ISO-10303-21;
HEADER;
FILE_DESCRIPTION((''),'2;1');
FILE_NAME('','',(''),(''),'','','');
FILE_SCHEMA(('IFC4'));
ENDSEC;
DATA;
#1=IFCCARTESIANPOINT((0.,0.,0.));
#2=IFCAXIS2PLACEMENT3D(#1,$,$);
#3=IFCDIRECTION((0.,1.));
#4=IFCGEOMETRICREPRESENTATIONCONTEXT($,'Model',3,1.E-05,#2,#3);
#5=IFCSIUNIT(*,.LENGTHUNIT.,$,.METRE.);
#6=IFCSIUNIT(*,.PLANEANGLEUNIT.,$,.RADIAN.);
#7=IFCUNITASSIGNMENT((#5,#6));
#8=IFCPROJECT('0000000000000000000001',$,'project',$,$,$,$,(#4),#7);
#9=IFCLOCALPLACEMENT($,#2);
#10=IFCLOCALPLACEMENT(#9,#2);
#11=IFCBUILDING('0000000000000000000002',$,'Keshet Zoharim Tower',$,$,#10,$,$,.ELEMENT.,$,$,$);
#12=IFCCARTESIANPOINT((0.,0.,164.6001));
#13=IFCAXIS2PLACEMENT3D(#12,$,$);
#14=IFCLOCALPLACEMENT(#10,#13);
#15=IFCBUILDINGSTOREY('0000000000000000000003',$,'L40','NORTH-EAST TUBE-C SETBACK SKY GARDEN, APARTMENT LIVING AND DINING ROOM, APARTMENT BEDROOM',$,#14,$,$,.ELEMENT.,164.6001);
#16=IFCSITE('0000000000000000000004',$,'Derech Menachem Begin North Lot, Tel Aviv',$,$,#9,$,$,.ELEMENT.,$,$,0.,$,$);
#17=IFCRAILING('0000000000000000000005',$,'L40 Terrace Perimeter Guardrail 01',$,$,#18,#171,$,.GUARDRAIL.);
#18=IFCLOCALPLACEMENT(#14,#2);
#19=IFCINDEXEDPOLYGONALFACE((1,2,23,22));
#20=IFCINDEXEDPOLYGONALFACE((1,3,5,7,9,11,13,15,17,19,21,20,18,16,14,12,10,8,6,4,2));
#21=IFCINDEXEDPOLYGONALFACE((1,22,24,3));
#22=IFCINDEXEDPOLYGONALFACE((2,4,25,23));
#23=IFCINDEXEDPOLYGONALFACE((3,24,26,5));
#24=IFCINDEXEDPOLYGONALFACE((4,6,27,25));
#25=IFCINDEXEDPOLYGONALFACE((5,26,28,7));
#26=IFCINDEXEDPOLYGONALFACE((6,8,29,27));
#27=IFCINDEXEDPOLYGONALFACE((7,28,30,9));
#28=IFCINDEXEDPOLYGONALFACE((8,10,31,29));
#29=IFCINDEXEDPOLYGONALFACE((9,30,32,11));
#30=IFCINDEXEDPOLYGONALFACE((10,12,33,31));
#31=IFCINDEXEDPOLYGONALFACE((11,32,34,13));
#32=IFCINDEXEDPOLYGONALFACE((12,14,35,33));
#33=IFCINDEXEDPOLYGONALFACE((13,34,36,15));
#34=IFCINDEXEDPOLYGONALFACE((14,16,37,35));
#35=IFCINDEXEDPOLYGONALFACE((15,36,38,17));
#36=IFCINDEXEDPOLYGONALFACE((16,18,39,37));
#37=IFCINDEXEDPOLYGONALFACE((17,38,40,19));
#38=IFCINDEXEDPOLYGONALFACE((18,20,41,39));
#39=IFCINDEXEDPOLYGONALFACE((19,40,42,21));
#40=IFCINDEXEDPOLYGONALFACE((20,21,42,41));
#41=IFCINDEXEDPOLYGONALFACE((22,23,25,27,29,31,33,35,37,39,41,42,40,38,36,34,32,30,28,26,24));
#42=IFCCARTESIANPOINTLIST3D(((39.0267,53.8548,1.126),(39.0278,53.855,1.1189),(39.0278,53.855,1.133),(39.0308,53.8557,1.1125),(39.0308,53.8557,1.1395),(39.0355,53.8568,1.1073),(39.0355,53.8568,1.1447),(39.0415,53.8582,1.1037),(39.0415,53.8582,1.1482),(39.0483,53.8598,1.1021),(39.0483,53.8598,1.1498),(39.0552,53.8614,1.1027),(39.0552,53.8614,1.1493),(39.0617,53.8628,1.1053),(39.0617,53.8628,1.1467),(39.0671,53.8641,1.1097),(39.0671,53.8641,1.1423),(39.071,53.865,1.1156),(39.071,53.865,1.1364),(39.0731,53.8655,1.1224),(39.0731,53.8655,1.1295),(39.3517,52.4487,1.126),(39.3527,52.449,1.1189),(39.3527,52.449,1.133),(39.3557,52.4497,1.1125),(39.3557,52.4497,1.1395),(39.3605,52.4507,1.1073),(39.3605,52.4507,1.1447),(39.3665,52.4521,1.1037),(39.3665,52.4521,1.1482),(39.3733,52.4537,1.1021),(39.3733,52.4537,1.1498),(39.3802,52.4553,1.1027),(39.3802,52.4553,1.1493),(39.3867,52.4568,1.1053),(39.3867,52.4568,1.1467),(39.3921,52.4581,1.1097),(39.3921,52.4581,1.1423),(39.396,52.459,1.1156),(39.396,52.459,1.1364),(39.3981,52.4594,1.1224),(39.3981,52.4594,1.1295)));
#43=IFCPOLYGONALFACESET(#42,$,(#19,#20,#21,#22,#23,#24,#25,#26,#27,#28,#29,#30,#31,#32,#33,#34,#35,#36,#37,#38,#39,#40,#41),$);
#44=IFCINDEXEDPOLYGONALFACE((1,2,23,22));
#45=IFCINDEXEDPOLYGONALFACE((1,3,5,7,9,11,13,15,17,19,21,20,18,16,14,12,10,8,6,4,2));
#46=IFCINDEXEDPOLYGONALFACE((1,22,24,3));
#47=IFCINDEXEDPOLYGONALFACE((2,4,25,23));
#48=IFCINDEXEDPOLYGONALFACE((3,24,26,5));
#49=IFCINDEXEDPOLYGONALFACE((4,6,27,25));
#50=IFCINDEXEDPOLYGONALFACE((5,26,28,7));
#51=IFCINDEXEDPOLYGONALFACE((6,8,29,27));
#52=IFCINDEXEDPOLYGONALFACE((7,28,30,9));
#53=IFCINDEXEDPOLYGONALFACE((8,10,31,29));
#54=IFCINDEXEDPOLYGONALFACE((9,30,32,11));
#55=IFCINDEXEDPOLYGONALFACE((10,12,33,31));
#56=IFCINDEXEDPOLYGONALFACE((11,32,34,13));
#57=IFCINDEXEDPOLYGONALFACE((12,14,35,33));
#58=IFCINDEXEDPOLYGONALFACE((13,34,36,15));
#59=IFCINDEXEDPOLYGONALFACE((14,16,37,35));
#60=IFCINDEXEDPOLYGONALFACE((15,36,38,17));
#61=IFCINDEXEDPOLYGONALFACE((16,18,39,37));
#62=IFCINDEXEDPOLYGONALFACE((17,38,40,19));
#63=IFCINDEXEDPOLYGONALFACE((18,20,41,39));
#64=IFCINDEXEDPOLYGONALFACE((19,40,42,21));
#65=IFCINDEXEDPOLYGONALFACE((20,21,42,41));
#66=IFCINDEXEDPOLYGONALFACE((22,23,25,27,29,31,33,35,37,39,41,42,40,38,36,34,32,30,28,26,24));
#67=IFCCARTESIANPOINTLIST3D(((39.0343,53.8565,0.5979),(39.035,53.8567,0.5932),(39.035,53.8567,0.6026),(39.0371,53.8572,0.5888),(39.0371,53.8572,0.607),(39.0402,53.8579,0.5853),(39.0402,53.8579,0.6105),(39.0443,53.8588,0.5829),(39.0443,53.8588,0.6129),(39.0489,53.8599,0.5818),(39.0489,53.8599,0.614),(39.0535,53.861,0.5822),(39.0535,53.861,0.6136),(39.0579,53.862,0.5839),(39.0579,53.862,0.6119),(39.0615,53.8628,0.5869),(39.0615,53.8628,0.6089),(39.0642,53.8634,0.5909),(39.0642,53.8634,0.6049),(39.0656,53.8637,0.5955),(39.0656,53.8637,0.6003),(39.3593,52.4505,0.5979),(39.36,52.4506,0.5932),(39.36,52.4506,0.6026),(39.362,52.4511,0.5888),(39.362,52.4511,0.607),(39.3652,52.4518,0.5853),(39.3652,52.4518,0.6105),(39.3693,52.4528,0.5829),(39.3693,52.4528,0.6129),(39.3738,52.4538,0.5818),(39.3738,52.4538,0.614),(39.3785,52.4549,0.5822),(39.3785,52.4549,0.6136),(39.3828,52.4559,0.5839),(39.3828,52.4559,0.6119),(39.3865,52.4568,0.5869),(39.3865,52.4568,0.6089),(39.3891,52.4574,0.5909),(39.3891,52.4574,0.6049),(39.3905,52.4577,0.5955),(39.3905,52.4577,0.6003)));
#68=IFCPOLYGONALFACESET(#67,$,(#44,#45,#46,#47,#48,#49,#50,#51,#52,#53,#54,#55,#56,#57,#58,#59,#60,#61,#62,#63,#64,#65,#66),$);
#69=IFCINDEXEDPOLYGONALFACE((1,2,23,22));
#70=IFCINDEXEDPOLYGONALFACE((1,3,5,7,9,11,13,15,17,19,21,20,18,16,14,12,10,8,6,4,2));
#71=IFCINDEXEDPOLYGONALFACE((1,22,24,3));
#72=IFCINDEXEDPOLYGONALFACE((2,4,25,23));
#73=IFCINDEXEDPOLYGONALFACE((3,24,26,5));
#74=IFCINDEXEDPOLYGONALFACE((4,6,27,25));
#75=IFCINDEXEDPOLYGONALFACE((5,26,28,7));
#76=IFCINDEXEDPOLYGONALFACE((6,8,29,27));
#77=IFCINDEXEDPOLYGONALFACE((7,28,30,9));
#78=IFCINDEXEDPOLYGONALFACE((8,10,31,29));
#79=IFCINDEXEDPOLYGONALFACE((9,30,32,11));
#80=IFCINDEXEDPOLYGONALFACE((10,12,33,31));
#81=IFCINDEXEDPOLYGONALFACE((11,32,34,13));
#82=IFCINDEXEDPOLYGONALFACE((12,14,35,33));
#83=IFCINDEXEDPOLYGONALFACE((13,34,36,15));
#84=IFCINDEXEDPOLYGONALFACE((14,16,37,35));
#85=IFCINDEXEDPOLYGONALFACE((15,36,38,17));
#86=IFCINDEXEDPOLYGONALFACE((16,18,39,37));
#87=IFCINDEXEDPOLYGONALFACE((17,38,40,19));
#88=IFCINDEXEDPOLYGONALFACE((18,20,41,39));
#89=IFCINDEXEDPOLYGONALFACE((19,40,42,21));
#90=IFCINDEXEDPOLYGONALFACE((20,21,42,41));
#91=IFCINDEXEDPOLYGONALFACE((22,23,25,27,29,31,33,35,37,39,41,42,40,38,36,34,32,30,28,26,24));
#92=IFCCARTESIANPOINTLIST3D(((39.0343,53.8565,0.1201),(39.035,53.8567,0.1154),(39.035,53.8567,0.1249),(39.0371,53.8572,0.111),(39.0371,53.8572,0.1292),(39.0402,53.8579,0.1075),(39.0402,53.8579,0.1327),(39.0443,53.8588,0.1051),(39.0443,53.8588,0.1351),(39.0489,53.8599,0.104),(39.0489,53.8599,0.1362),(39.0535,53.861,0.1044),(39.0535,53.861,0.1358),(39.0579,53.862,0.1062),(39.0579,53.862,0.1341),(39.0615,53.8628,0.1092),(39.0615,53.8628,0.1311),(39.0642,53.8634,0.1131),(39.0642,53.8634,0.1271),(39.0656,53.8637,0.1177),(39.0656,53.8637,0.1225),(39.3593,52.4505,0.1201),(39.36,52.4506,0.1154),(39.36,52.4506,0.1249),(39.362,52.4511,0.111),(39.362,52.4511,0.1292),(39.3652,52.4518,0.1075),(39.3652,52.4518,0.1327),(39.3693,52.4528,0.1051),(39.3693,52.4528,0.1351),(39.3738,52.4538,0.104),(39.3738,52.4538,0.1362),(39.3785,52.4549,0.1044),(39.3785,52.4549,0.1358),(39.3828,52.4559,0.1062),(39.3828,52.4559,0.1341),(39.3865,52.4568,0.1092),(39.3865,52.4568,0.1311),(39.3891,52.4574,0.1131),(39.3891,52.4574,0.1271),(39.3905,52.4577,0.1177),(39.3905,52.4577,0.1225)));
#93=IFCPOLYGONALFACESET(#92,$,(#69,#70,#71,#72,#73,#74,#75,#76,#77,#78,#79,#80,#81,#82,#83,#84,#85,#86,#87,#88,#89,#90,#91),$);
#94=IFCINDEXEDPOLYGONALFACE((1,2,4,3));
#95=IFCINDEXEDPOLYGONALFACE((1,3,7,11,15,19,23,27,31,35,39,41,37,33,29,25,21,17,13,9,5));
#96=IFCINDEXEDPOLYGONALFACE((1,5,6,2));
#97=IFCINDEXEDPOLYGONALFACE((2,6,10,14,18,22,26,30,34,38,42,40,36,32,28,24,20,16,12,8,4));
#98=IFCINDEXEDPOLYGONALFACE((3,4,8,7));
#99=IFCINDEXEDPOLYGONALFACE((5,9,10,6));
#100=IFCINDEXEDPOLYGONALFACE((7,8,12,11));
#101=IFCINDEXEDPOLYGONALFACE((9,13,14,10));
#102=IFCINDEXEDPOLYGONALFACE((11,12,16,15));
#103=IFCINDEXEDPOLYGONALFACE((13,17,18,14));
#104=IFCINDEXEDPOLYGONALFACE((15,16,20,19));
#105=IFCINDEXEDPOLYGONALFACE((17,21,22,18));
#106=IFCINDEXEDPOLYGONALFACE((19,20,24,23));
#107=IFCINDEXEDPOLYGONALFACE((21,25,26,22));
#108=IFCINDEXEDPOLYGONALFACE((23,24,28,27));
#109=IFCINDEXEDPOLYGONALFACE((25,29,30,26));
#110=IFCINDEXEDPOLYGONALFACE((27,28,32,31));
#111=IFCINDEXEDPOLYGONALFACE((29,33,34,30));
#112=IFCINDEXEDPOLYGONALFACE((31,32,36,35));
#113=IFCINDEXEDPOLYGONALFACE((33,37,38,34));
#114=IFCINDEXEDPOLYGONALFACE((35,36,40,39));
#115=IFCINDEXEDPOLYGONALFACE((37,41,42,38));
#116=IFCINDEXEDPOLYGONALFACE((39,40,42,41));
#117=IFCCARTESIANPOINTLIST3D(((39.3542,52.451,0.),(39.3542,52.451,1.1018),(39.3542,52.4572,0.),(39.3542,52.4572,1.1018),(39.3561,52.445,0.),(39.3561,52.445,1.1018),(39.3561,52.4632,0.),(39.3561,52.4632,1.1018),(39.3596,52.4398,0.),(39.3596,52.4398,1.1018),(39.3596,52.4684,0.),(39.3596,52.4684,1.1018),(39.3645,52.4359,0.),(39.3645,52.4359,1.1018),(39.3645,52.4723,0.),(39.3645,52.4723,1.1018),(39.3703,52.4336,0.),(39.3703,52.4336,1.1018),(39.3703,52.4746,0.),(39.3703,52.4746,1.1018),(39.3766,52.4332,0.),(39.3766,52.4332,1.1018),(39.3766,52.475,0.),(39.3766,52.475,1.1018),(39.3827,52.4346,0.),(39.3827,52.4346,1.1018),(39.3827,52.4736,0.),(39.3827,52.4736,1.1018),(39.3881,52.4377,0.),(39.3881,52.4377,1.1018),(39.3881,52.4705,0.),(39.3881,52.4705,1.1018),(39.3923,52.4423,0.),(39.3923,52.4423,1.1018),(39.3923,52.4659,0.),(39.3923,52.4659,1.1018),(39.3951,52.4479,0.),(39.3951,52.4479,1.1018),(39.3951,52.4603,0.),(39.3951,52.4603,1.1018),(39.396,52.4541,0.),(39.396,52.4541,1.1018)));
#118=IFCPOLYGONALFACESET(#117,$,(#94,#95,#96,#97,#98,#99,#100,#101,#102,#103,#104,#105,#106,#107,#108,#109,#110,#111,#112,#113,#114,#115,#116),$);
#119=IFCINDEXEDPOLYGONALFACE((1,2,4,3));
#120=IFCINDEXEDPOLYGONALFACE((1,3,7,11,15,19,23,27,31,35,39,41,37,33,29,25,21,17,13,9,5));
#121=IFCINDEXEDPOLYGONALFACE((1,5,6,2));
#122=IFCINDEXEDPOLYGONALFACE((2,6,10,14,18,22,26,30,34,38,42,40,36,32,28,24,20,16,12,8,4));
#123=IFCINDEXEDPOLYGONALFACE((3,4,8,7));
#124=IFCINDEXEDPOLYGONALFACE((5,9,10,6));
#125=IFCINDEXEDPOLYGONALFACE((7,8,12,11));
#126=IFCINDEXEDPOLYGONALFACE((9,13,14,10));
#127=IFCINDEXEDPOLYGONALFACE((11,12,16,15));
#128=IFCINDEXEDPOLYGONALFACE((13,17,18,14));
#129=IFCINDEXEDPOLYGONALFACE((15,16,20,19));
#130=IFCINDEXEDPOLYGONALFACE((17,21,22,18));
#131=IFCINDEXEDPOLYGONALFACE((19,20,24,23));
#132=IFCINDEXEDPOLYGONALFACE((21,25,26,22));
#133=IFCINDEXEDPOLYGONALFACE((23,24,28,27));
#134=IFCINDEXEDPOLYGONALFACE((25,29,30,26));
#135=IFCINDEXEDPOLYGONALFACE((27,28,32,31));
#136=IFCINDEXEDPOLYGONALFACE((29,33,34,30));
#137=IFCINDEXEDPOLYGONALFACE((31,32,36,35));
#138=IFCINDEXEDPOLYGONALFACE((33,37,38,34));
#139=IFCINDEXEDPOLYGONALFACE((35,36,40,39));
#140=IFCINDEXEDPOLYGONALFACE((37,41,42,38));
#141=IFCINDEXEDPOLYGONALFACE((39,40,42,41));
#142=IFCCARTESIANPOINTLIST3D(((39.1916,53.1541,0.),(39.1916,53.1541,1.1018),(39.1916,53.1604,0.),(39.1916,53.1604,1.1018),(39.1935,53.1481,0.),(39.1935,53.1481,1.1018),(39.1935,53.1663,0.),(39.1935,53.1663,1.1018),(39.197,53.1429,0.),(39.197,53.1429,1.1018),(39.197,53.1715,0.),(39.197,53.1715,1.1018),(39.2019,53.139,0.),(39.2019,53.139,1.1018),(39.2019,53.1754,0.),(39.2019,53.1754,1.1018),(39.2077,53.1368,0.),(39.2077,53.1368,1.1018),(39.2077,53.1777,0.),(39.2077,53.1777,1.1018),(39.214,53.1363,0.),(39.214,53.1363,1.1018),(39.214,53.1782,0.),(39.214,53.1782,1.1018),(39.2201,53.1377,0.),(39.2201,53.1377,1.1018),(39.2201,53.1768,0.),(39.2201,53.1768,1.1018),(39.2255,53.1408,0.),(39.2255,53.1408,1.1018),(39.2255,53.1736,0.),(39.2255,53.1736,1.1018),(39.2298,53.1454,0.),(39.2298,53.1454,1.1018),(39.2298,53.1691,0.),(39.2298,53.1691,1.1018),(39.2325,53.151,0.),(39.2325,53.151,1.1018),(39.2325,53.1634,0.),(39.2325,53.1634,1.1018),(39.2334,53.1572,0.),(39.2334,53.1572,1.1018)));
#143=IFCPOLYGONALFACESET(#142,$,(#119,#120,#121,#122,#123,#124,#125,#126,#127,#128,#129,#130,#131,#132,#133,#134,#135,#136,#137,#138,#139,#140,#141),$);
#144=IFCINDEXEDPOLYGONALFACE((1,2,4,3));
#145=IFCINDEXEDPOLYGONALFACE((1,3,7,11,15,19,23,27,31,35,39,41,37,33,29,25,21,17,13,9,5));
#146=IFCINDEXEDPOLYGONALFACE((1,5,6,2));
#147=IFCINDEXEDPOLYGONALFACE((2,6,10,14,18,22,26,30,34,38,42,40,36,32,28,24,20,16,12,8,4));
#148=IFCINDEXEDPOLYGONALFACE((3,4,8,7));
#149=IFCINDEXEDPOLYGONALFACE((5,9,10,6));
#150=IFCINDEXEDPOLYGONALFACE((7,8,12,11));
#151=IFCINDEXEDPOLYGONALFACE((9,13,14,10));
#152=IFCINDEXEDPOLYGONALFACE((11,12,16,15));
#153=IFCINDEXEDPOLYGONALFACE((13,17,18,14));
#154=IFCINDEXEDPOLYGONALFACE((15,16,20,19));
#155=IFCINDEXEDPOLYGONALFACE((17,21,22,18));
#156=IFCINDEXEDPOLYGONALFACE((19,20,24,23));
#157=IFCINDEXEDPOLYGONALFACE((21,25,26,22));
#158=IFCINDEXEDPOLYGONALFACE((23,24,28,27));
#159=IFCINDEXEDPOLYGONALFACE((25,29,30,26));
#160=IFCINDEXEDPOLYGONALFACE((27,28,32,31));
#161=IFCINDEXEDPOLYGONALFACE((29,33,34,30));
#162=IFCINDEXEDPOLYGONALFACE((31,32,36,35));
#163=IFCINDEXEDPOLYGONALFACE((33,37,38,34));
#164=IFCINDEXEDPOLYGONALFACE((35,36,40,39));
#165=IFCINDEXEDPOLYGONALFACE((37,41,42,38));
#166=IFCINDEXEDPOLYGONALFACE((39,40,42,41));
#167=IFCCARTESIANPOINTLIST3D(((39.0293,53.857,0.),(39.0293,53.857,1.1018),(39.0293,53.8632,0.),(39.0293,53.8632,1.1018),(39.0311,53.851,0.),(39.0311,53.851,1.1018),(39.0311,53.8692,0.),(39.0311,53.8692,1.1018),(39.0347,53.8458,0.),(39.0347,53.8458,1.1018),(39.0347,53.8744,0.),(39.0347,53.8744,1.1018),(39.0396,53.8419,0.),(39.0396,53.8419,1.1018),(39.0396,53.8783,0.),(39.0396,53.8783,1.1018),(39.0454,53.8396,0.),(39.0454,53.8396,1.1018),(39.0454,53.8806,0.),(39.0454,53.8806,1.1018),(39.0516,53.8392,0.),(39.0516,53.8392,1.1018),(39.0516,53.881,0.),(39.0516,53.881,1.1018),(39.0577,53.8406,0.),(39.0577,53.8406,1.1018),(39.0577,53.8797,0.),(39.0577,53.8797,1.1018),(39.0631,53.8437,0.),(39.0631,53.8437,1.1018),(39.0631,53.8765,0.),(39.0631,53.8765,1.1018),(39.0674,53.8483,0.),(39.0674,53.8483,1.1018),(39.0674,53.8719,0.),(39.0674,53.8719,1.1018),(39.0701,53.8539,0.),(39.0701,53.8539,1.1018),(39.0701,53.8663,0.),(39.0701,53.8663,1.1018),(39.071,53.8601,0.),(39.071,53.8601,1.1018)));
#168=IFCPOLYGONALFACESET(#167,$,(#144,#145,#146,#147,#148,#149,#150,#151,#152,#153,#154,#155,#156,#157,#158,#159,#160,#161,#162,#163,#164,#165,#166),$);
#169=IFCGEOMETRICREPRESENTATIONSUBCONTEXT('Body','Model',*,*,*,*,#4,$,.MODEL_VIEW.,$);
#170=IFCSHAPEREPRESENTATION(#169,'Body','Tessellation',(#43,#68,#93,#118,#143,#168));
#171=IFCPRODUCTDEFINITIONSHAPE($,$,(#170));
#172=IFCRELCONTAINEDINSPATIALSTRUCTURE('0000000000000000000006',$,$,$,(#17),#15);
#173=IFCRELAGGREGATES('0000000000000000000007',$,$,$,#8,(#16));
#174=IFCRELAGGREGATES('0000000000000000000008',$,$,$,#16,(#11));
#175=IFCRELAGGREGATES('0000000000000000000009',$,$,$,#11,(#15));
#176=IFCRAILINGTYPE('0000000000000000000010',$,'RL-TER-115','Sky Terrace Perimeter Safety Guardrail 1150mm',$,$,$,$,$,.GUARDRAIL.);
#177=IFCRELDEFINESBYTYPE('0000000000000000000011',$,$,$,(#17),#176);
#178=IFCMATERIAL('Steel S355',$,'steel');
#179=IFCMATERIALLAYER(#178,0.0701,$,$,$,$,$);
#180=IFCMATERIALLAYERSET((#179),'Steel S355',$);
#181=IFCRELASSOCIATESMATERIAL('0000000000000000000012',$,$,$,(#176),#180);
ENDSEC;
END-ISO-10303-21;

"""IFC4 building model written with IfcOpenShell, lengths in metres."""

from ifc_helpers import new_model, si_unit, direction, frame, origin, origin_2d, place, context, subcontext, project, spatial, circle, extrude, material, layer, layer_set, type_object, element, save


model = new_model("IFC4")

# Units and contexts
model_context = context("Model", 3, precision=1e-05, world=origin(), true_north=direction((0.0, 1.0)))
body_context = subcontext(model_context, "Body", "Model", "MODEL_VIEW")
ifc_project = project(units=[si_unit("LENGTHUNIT", "METRE"), si_unit("PLANEANGLEUNIT", "RADIAN")], contexts=[model_context])

# Site, building, storey
site_placement = place(None, origin())
site = spatial("IfcSite", under=ifc_project, at=site_placement, Name="Derech Menachem Begin North Lot, Tel Aviv", CompositionType="ELEMENT", RefElevation=0.0)
building_placement = place(site_placement, origin())
building = spatial("IfcBuilding", under=site, at=building_placement, Name="Keshet Zoharim Tower", CompositionType="ELEMENT")
storey_placement = place(building_placement, frame((0.0, 0.0, 164.6001)))
storey = spatial("IfcBuildingStorey", under=building, at=storey_placement, Name="L40", Description="NORTH-EAST TUBE-C SETBACK SKY GARDEN, APARTMENT LIVING AND DINING ROOM, APARTMENT BEDROOM", CompositionType="ELEMENT", Elevation=164.6001)

# Railing
ifc_material_1 = material(Name="Steel S355", Category="steel")
ifc_layer_1 = layer(ifc_material_1, 0.0701)
ifc_layer_set_1 = layer_set([ifc_layer_1], Name="Steel S355")
railing_type = type_object("IfcRailingType", Name="RL-TER-115", Description="Sky Terrace Perimeter Safety Guardrail 1150mm", PredefinedType="GUARDRAIL", material=ifc_layer_set_1)
railing_1_placement = place(storey_placement, frame((39.375, 52.4541, 0.0)))
element("IfcRailing", 1, at=railing_1_placement, inside=storey, type_object=railing_type, Name="L40 Terrace Perimeter Guardrail 01", PredefinedType="GUARDRAIL", context=body_context, shape_type="SweptSolid", body=[
    extrude(circle(Radius=0.0239, at=origin_2d()), frame((0.0, 0.0, 1.126), z_axis=(-0.225181, 0.974317, 0.0), x_axis=(-0.974317, -0.225181, 0.0)), (0.0, 0.0, 1.0), 1.4431),
    extrude(circle(Radius=0.0161, at=origin_2d()), frame((0.0, 0.0, 0.5979), z_axis=(-0.225181, 0.974317, 0.0), x_axis=(-0.974317, -0.225181, 0.0)), (0.0, 0.0, 1.0), 1.4431),
    extrude(circle(Radius=0.0161, at=origin_2d()), frame((0.0, 0.0, 0.1201), z_axis=(-0.225181, 0.974317, 0.0), x_axis=(-0.974317, -0.225181, 0.0)), (0.0, 0.0, 1.0), 1.4431),
    extrude(circle(Radius=0.021, at=origin_2d()), origin(), (0.0, 0.0, 1.0), 1.1018),
    extrude(circle(Radius=0.021, at=origin_2d()), frame((-0.1626, 0.7031, 0.0)), (0.0, 0.0, 1.0), 1.1018),
    extrude(circle(Radius=0.021, at=origin_2d()), frame((-0.325, 1.406, 0.0)), (0.0, 0.0, 1.0), 1.1018),
])

save(model, "model.ifc")
